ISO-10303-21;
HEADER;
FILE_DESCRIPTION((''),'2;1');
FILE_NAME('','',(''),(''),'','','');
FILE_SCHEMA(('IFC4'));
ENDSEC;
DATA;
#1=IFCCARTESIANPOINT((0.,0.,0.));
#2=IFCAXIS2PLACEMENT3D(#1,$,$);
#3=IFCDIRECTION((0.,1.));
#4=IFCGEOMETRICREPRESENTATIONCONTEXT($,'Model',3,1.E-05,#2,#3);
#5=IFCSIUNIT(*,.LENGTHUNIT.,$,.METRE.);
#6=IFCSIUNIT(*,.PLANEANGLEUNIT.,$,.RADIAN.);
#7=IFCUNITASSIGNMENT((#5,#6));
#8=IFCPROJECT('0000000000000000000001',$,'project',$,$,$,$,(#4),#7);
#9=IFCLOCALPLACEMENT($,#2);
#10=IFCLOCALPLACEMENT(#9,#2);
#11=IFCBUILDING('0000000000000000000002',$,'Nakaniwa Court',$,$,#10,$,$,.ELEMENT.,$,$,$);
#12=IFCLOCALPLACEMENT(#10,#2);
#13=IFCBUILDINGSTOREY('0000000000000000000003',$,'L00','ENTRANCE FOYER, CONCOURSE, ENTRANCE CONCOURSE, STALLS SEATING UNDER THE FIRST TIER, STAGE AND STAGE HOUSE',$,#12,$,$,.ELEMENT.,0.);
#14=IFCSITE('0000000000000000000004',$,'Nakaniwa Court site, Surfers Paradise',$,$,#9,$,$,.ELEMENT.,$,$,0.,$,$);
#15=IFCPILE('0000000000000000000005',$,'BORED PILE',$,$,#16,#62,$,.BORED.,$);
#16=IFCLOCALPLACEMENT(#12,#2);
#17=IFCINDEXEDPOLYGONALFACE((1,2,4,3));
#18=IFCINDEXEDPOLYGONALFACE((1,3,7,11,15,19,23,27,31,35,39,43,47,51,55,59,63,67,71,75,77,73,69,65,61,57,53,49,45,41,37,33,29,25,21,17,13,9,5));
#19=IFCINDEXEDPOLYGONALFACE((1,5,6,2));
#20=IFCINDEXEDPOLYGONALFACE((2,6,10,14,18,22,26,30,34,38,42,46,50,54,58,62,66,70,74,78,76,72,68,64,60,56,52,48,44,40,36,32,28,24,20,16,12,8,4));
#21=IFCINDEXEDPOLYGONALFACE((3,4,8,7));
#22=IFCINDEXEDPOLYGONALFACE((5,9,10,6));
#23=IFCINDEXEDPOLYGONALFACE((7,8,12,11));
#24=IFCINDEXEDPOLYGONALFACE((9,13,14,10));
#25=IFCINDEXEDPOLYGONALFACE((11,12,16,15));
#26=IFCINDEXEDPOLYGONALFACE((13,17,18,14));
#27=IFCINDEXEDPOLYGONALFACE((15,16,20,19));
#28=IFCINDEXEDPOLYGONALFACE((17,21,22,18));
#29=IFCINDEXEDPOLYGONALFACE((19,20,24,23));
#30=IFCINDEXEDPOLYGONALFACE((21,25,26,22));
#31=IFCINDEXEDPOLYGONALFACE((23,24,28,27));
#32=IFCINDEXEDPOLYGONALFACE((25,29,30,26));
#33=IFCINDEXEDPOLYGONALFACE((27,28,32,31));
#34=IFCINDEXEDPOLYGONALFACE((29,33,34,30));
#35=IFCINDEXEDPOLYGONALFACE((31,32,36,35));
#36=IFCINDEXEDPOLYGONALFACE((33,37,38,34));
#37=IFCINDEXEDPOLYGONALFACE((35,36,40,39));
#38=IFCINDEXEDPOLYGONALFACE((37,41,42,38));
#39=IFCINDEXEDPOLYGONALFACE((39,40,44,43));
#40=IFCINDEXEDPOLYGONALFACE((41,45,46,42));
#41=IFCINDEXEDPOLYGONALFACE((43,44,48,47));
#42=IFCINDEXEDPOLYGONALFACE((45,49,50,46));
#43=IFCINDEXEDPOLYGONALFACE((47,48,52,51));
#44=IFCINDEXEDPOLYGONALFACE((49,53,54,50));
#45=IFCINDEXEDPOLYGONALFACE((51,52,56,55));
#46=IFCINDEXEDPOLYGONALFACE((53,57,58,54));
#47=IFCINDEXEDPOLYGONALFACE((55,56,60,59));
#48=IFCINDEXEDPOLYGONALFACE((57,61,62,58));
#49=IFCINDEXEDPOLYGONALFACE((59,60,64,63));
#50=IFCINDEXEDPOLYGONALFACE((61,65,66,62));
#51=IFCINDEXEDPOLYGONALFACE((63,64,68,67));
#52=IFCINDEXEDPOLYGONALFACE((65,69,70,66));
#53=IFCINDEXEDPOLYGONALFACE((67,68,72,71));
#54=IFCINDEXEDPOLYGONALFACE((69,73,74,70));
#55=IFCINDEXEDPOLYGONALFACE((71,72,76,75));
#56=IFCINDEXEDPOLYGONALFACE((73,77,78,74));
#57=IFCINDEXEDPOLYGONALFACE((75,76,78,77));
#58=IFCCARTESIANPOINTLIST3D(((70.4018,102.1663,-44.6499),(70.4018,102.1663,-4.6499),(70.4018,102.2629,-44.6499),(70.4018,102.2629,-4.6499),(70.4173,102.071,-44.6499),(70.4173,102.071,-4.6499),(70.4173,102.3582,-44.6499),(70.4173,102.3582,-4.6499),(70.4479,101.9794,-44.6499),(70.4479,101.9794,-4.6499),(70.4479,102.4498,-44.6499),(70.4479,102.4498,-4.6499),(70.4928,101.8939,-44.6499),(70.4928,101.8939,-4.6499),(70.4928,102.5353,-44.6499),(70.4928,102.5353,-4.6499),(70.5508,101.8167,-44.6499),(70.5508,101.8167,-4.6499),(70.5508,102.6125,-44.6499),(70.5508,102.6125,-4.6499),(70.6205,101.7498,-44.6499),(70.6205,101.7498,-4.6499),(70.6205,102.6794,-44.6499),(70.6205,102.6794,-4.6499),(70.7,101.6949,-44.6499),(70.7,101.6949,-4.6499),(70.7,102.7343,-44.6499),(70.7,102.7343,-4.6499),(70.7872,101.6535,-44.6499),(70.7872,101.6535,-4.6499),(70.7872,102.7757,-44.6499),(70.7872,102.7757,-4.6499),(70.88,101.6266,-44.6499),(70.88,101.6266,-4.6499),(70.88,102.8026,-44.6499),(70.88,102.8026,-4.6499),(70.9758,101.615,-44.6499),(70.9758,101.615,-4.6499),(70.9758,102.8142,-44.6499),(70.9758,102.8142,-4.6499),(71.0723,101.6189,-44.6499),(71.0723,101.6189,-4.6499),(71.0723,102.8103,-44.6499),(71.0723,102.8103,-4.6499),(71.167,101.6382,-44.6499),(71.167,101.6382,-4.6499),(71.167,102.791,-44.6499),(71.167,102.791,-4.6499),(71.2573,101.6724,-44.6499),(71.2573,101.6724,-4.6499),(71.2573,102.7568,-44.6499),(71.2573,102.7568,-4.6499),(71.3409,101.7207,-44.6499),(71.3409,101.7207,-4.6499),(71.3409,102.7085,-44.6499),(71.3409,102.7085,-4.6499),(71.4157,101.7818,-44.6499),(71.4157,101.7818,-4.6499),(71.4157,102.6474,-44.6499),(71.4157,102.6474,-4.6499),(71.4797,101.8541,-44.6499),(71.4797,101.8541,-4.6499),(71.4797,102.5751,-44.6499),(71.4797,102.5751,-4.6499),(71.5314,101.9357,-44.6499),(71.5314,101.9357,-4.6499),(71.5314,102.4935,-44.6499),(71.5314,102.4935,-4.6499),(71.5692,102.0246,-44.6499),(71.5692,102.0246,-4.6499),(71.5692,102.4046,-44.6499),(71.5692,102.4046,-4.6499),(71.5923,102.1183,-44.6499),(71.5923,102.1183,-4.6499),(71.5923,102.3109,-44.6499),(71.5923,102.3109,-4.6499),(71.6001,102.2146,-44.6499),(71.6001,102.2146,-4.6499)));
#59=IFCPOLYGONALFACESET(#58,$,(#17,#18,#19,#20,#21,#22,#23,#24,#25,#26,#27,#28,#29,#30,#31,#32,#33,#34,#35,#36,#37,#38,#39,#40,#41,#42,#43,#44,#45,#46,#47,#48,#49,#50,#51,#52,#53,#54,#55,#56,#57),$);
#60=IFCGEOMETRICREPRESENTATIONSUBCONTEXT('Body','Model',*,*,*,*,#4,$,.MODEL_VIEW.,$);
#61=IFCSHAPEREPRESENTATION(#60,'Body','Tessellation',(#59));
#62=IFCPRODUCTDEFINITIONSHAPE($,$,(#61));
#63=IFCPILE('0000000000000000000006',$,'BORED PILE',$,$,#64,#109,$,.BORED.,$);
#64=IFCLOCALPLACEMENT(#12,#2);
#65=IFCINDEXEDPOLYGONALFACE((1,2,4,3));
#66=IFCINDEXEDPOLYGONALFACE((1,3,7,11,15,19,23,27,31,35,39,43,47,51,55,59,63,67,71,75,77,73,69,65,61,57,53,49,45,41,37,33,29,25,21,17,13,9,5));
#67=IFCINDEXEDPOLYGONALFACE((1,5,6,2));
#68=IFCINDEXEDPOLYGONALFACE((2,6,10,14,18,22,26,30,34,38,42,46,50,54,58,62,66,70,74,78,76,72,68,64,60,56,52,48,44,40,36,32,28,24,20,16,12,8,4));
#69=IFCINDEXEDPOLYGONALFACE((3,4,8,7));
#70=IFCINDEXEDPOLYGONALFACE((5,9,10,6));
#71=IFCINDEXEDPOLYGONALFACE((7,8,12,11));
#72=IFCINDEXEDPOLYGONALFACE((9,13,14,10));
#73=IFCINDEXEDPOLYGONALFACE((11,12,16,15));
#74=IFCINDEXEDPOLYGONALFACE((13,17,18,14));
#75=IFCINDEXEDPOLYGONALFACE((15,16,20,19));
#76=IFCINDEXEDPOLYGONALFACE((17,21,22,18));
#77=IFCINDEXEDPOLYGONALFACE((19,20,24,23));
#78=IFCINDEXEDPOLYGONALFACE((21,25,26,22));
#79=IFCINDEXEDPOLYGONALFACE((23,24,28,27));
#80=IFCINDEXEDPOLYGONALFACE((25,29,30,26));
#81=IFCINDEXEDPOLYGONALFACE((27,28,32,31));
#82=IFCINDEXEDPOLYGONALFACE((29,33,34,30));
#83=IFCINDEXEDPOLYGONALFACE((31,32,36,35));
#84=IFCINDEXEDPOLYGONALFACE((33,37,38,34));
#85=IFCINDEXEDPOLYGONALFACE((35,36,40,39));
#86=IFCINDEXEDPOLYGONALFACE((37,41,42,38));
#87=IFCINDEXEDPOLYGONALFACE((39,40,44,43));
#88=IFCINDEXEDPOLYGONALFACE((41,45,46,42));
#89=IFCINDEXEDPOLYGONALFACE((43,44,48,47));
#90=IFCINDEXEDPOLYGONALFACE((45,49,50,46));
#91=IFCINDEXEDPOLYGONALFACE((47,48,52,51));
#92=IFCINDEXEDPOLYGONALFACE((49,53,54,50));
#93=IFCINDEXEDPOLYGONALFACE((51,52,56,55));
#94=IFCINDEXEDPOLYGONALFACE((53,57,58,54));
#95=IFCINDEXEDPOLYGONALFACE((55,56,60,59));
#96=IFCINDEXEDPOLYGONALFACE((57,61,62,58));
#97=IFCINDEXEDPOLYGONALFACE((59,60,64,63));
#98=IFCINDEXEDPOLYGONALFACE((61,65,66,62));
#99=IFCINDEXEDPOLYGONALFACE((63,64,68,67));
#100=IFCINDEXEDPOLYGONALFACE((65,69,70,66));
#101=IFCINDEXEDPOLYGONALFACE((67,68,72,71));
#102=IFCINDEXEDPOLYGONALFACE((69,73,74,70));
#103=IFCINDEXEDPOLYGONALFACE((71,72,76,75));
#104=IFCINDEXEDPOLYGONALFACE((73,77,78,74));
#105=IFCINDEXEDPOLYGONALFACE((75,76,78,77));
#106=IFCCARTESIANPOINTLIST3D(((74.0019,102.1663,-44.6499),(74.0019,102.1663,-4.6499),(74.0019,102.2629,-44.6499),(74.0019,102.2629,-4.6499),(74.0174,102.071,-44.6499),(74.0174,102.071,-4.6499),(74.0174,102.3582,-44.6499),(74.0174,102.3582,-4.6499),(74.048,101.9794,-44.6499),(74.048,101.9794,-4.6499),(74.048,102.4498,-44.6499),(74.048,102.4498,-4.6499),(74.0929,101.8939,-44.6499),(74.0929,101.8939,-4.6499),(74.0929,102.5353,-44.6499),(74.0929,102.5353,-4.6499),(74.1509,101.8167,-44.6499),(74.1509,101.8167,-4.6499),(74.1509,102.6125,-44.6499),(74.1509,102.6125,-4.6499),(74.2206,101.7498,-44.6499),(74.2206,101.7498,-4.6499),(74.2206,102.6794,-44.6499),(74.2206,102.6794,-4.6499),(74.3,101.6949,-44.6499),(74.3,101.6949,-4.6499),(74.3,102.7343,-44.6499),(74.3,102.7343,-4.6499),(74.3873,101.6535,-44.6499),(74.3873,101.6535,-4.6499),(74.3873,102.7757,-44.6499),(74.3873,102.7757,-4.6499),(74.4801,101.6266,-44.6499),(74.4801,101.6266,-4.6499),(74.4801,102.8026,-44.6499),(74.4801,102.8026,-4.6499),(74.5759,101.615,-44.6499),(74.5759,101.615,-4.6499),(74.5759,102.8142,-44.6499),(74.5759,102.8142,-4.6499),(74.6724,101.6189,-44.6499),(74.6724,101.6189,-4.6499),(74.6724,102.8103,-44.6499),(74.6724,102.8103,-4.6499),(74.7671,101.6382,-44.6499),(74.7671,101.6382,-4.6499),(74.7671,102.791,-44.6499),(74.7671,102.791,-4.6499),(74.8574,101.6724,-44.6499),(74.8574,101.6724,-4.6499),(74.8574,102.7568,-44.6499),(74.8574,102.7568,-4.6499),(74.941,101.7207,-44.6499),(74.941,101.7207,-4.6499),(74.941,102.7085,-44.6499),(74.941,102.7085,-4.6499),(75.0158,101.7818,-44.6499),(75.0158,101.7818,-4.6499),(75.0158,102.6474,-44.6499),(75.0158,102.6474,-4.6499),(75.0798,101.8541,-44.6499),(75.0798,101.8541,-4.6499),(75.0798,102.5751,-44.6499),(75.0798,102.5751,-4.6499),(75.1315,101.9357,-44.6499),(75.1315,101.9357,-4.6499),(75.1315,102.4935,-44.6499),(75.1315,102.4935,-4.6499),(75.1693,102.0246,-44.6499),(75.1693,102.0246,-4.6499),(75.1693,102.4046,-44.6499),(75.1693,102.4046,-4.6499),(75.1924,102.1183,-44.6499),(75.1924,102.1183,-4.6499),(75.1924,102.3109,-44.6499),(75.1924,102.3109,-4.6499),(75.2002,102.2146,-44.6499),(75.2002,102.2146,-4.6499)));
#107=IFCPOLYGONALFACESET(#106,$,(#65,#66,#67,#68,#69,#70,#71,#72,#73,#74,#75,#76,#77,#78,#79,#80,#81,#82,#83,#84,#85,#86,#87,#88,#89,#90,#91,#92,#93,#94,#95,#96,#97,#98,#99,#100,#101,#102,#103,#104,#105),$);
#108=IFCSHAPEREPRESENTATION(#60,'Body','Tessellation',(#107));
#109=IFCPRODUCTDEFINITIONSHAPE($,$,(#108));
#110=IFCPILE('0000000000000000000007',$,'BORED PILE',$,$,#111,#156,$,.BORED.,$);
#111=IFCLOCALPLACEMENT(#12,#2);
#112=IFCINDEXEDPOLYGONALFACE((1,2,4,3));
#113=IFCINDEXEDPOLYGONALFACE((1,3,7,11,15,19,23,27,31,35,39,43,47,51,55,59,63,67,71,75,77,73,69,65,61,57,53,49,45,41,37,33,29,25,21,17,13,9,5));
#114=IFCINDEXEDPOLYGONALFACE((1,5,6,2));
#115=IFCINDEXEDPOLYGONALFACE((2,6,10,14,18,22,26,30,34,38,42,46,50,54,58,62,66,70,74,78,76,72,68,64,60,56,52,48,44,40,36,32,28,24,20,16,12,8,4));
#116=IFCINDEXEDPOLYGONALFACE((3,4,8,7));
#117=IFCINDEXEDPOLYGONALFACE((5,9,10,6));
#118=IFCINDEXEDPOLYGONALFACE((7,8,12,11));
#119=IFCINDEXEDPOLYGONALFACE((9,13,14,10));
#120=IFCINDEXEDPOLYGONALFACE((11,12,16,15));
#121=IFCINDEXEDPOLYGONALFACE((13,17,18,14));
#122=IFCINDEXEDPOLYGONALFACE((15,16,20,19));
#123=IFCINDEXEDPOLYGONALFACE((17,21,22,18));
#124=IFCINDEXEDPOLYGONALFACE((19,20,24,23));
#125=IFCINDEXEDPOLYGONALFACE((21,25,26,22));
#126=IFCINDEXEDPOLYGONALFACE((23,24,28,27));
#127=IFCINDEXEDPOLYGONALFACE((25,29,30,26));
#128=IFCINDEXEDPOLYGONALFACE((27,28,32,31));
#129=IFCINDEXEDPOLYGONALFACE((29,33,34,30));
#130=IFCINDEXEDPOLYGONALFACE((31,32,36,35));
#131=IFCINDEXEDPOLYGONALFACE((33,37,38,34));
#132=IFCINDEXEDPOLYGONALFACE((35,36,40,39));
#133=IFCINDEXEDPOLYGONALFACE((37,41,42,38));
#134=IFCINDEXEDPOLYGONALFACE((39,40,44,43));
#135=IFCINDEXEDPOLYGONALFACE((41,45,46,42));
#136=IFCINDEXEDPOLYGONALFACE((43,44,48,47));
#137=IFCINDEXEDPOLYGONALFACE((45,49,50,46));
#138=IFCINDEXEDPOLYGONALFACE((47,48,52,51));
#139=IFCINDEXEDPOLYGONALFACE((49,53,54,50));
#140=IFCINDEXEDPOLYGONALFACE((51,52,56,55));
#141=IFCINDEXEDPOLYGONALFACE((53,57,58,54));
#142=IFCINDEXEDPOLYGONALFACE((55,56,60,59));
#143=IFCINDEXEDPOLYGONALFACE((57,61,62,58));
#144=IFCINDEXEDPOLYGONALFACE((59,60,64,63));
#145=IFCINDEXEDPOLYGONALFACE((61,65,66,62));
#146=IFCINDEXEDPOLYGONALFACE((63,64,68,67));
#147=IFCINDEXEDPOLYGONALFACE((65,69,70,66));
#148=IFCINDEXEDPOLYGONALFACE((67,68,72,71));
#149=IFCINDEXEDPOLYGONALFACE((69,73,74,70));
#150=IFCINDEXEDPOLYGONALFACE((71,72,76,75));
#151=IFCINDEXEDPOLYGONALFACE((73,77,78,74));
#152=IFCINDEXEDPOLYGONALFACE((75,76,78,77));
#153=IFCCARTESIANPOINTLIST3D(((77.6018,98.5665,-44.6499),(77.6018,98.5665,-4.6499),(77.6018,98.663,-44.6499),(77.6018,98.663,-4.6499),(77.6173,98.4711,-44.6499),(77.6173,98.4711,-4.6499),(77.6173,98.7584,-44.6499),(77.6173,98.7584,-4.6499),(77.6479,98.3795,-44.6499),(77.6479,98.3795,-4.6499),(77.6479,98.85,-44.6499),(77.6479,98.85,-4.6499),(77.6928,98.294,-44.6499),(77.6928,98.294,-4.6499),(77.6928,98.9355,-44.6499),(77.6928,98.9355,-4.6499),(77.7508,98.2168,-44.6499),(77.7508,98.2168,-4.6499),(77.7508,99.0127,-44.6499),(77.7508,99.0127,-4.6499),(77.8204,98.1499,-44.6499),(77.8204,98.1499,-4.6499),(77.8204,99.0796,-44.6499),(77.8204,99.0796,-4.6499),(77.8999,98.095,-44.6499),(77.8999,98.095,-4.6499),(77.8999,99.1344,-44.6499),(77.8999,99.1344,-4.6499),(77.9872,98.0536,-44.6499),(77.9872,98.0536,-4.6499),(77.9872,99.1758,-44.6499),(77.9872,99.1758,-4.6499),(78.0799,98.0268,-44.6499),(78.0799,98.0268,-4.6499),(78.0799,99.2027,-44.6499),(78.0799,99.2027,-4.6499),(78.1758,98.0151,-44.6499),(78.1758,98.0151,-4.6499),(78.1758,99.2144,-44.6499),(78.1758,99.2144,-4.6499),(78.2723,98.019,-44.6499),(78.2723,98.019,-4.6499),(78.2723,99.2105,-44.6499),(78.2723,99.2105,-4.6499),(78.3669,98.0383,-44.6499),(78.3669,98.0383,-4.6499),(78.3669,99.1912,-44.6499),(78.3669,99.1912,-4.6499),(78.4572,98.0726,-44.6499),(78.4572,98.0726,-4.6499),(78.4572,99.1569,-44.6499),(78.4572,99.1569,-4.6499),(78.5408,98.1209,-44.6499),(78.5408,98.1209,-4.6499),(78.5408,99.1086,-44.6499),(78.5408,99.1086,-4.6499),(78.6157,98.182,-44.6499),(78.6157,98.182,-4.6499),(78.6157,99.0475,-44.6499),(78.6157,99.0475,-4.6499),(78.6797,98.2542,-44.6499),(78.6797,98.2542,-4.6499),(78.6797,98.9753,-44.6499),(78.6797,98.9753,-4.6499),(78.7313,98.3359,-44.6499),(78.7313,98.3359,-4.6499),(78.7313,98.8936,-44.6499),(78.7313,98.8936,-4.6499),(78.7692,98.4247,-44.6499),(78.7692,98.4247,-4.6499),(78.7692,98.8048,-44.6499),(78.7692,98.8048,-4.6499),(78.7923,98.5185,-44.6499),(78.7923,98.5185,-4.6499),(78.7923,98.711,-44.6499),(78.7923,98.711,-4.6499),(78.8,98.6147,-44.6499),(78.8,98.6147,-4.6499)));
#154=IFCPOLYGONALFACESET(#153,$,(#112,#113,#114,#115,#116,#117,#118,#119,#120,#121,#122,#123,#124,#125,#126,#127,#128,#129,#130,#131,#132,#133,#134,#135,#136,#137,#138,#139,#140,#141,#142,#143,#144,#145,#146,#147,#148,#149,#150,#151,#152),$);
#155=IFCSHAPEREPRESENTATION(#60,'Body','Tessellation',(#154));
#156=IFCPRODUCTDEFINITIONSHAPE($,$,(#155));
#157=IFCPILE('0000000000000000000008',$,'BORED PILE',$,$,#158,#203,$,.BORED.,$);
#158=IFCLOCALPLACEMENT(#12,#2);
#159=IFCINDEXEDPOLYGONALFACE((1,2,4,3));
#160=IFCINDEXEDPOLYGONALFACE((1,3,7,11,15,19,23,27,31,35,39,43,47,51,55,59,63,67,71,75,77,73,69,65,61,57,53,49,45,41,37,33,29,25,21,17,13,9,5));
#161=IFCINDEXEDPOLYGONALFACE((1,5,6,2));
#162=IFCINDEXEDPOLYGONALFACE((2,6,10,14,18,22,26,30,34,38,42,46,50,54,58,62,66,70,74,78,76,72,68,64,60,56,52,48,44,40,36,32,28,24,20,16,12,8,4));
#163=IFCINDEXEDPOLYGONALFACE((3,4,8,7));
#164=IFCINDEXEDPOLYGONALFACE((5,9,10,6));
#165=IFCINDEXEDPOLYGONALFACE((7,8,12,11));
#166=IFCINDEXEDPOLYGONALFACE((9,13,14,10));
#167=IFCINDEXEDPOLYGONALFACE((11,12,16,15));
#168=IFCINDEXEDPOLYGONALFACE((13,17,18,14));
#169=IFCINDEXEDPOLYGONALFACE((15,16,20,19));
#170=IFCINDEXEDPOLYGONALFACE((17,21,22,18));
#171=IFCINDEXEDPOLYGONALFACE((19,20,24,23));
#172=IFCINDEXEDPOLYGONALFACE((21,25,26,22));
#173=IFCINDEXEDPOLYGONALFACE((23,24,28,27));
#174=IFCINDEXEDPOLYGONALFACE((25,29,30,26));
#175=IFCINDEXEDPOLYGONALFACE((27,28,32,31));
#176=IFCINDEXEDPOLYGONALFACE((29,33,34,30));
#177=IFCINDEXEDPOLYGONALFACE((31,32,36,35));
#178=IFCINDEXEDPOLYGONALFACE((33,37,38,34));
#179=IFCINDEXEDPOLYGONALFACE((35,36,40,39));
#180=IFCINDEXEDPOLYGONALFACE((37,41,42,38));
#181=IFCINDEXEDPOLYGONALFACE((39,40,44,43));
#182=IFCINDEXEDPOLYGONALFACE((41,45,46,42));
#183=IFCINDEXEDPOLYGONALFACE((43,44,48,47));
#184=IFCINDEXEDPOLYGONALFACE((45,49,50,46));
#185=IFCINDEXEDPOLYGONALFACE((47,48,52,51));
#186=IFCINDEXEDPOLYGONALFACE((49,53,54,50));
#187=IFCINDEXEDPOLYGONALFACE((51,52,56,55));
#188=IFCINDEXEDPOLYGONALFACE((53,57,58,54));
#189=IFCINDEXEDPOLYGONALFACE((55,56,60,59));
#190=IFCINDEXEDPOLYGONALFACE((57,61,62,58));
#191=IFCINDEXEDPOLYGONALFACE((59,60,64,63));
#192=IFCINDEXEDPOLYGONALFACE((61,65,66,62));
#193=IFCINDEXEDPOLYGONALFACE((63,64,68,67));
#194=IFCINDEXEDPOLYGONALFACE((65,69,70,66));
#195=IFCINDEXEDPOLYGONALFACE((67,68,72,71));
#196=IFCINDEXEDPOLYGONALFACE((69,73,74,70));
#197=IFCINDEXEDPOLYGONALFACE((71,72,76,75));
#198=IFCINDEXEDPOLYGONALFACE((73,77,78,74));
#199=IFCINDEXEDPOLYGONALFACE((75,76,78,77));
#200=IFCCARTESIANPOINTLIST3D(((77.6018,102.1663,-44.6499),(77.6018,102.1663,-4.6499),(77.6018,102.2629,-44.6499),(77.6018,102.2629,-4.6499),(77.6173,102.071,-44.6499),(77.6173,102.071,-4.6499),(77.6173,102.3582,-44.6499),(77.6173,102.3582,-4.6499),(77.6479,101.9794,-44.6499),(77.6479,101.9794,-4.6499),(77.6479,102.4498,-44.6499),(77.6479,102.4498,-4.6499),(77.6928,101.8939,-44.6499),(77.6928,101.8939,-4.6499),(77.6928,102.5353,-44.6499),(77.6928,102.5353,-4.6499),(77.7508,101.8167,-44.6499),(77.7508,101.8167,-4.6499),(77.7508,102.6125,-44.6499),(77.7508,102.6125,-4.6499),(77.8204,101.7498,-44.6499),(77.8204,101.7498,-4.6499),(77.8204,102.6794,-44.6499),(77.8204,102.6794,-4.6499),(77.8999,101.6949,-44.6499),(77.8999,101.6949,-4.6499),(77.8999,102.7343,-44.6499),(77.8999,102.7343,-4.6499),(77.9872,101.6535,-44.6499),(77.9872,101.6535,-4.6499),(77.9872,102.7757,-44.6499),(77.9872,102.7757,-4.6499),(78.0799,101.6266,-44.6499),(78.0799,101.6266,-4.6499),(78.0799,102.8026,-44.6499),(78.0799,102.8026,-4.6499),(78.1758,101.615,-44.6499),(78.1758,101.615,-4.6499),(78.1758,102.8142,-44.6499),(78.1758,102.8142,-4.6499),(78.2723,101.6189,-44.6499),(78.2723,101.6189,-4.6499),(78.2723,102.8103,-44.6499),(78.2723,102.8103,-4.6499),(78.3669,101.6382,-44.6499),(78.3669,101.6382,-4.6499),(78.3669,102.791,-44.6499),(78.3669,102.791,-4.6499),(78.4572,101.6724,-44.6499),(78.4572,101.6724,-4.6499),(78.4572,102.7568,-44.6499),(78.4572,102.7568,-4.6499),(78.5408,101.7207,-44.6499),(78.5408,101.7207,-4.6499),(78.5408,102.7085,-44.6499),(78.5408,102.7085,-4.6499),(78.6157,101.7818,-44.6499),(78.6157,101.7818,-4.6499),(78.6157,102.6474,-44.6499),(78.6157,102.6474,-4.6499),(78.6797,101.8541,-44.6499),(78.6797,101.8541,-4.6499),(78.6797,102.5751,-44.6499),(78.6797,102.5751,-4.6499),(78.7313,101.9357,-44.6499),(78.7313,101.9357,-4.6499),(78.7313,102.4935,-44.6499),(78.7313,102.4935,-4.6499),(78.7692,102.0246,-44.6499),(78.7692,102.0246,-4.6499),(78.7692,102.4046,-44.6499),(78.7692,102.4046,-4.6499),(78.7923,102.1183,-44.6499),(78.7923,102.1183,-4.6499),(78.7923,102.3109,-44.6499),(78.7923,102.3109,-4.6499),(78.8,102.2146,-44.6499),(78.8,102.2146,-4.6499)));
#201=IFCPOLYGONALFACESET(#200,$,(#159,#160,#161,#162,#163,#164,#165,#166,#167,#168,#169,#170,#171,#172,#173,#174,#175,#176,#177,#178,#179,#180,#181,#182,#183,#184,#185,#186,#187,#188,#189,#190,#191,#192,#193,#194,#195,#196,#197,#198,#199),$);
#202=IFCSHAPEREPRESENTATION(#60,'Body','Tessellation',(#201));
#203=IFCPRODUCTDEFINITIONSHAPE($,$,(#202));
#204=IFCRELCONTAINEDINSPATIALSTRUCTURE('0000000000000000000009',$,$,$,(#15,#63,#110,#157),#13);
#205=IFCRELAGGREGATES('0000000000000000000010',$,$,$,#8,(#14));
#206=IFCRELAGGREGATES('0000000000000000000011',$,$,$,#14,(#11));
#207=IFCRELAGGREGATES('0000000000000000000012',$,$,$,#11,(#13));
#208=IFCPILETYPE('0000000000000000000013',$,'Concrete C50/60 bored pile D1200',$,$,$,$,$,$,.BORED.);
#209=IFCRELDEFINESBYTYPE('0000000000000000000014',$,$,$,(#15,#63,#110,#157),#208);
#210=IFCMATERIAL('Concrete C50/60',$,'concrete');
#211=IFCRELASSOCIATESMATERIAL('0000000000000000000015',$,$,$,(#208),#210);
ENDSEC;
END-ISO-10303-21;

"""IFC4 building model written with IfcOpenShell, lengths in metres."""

from ifc_helpers import new_model, si_unit, direction, frame, origin, origin_2d, place, context, subcontext, project, spatial, circle, extrude, material, material_profile, profile_set, type_object, element, save


model = new_model("IFC4")

# Units and contexts
model_context = context("Model", 3, precision=1e-05, world=origin(), true_north=direction((0.0, 1.0)))
body_context = subcontext(model_context, "Body", "Model", "MODEL_VIEW")
ifc_project = project(units=[si_unit("LENGTHUNIT", "METRE"), si_unit("PLANEANGLEUNIT", "RADIAN")], contexts=[model_context])

# Site, building, storey
site_placement = place(None, origin())
site = spatial("IfcSite", under=ifc_project, at=site_placement, Name="Nakaniwa Court site, Surfers Paradise", CompositionType="ELEMENT", RefElevation=0.0)
building_placement = place(site_placement, origin())
building = spatial("IfcBuilding", under=site, at=building_placement, Name="Nakaniwa Court", CompositionType="ELEMENT")
storey_placement = place(building_placement, origin())
storey = spatial("IfcBuildingStorey", under=building, at=storey_placement, Name="L00", Description="ENTRANCE FOYER, CONCOURSE, ENTRANCE CONCOURSE, STALLS SEATING UNDER THE FIRST TIER, STAGE AND STAGE HOUSE", CompositionType="ELEMENT", Elevation=0.0)

# Piles
ifc_material_1 = material(Name="Concrete C50/60", Category="concrete")
ifc_material_profile = material_profile(ifc_material_1, circle(Radius=0.6001, at=origin_2d()), Name="Concrete C50/60 bored pile D1200")
ifc_profile_set = profile_set([ifc_material_profile], Name="Concrete C50/60")
pile_type = type_object("IfcPileType", Name="Concrete C50/60 bored pile D1200", PredefinedType="BORED", material=ifc_profile_set)
for number, where, z_axis, x_axis, name in (
    (1, (71.0, 102.2146, -4.6499), (0.0, 0.0, -1.0), (1.0, 0.0, 0.0), "BORED PILE"),
    (2, (74.6001, 102.2146, -4.6499), (0.0, 0.0, -1.0), (1.0, 0.0, 0.0), "BORED PILE"),
    (3, (78.2, 98.6147, -4.6499), (0.0, 0.0, -1.0), (1.0, 0.0, 0.0), "BORED PILE"),
    (4, (78.2, 102.2146, -4.6499), (0.0, 0.0, -1.0), (1.0, 0.0, 0.0), "BORED PILE"),
):
    element("IfcPile", number, at=place(storey_placement, frame(where, z_axis=z_axis, x_axis=x_axis)), inside=storey, type_object=pile_type, Name=name, PredefinedType="BORED", context=body_context, shape_type="SweptSolid", body=[
        extrude(circle(Radius=0.6001, at=origin_2d()), origin(), (0.0, 0.0, 1.0), 40.0),
    ])

save(model, "model.ifc")
